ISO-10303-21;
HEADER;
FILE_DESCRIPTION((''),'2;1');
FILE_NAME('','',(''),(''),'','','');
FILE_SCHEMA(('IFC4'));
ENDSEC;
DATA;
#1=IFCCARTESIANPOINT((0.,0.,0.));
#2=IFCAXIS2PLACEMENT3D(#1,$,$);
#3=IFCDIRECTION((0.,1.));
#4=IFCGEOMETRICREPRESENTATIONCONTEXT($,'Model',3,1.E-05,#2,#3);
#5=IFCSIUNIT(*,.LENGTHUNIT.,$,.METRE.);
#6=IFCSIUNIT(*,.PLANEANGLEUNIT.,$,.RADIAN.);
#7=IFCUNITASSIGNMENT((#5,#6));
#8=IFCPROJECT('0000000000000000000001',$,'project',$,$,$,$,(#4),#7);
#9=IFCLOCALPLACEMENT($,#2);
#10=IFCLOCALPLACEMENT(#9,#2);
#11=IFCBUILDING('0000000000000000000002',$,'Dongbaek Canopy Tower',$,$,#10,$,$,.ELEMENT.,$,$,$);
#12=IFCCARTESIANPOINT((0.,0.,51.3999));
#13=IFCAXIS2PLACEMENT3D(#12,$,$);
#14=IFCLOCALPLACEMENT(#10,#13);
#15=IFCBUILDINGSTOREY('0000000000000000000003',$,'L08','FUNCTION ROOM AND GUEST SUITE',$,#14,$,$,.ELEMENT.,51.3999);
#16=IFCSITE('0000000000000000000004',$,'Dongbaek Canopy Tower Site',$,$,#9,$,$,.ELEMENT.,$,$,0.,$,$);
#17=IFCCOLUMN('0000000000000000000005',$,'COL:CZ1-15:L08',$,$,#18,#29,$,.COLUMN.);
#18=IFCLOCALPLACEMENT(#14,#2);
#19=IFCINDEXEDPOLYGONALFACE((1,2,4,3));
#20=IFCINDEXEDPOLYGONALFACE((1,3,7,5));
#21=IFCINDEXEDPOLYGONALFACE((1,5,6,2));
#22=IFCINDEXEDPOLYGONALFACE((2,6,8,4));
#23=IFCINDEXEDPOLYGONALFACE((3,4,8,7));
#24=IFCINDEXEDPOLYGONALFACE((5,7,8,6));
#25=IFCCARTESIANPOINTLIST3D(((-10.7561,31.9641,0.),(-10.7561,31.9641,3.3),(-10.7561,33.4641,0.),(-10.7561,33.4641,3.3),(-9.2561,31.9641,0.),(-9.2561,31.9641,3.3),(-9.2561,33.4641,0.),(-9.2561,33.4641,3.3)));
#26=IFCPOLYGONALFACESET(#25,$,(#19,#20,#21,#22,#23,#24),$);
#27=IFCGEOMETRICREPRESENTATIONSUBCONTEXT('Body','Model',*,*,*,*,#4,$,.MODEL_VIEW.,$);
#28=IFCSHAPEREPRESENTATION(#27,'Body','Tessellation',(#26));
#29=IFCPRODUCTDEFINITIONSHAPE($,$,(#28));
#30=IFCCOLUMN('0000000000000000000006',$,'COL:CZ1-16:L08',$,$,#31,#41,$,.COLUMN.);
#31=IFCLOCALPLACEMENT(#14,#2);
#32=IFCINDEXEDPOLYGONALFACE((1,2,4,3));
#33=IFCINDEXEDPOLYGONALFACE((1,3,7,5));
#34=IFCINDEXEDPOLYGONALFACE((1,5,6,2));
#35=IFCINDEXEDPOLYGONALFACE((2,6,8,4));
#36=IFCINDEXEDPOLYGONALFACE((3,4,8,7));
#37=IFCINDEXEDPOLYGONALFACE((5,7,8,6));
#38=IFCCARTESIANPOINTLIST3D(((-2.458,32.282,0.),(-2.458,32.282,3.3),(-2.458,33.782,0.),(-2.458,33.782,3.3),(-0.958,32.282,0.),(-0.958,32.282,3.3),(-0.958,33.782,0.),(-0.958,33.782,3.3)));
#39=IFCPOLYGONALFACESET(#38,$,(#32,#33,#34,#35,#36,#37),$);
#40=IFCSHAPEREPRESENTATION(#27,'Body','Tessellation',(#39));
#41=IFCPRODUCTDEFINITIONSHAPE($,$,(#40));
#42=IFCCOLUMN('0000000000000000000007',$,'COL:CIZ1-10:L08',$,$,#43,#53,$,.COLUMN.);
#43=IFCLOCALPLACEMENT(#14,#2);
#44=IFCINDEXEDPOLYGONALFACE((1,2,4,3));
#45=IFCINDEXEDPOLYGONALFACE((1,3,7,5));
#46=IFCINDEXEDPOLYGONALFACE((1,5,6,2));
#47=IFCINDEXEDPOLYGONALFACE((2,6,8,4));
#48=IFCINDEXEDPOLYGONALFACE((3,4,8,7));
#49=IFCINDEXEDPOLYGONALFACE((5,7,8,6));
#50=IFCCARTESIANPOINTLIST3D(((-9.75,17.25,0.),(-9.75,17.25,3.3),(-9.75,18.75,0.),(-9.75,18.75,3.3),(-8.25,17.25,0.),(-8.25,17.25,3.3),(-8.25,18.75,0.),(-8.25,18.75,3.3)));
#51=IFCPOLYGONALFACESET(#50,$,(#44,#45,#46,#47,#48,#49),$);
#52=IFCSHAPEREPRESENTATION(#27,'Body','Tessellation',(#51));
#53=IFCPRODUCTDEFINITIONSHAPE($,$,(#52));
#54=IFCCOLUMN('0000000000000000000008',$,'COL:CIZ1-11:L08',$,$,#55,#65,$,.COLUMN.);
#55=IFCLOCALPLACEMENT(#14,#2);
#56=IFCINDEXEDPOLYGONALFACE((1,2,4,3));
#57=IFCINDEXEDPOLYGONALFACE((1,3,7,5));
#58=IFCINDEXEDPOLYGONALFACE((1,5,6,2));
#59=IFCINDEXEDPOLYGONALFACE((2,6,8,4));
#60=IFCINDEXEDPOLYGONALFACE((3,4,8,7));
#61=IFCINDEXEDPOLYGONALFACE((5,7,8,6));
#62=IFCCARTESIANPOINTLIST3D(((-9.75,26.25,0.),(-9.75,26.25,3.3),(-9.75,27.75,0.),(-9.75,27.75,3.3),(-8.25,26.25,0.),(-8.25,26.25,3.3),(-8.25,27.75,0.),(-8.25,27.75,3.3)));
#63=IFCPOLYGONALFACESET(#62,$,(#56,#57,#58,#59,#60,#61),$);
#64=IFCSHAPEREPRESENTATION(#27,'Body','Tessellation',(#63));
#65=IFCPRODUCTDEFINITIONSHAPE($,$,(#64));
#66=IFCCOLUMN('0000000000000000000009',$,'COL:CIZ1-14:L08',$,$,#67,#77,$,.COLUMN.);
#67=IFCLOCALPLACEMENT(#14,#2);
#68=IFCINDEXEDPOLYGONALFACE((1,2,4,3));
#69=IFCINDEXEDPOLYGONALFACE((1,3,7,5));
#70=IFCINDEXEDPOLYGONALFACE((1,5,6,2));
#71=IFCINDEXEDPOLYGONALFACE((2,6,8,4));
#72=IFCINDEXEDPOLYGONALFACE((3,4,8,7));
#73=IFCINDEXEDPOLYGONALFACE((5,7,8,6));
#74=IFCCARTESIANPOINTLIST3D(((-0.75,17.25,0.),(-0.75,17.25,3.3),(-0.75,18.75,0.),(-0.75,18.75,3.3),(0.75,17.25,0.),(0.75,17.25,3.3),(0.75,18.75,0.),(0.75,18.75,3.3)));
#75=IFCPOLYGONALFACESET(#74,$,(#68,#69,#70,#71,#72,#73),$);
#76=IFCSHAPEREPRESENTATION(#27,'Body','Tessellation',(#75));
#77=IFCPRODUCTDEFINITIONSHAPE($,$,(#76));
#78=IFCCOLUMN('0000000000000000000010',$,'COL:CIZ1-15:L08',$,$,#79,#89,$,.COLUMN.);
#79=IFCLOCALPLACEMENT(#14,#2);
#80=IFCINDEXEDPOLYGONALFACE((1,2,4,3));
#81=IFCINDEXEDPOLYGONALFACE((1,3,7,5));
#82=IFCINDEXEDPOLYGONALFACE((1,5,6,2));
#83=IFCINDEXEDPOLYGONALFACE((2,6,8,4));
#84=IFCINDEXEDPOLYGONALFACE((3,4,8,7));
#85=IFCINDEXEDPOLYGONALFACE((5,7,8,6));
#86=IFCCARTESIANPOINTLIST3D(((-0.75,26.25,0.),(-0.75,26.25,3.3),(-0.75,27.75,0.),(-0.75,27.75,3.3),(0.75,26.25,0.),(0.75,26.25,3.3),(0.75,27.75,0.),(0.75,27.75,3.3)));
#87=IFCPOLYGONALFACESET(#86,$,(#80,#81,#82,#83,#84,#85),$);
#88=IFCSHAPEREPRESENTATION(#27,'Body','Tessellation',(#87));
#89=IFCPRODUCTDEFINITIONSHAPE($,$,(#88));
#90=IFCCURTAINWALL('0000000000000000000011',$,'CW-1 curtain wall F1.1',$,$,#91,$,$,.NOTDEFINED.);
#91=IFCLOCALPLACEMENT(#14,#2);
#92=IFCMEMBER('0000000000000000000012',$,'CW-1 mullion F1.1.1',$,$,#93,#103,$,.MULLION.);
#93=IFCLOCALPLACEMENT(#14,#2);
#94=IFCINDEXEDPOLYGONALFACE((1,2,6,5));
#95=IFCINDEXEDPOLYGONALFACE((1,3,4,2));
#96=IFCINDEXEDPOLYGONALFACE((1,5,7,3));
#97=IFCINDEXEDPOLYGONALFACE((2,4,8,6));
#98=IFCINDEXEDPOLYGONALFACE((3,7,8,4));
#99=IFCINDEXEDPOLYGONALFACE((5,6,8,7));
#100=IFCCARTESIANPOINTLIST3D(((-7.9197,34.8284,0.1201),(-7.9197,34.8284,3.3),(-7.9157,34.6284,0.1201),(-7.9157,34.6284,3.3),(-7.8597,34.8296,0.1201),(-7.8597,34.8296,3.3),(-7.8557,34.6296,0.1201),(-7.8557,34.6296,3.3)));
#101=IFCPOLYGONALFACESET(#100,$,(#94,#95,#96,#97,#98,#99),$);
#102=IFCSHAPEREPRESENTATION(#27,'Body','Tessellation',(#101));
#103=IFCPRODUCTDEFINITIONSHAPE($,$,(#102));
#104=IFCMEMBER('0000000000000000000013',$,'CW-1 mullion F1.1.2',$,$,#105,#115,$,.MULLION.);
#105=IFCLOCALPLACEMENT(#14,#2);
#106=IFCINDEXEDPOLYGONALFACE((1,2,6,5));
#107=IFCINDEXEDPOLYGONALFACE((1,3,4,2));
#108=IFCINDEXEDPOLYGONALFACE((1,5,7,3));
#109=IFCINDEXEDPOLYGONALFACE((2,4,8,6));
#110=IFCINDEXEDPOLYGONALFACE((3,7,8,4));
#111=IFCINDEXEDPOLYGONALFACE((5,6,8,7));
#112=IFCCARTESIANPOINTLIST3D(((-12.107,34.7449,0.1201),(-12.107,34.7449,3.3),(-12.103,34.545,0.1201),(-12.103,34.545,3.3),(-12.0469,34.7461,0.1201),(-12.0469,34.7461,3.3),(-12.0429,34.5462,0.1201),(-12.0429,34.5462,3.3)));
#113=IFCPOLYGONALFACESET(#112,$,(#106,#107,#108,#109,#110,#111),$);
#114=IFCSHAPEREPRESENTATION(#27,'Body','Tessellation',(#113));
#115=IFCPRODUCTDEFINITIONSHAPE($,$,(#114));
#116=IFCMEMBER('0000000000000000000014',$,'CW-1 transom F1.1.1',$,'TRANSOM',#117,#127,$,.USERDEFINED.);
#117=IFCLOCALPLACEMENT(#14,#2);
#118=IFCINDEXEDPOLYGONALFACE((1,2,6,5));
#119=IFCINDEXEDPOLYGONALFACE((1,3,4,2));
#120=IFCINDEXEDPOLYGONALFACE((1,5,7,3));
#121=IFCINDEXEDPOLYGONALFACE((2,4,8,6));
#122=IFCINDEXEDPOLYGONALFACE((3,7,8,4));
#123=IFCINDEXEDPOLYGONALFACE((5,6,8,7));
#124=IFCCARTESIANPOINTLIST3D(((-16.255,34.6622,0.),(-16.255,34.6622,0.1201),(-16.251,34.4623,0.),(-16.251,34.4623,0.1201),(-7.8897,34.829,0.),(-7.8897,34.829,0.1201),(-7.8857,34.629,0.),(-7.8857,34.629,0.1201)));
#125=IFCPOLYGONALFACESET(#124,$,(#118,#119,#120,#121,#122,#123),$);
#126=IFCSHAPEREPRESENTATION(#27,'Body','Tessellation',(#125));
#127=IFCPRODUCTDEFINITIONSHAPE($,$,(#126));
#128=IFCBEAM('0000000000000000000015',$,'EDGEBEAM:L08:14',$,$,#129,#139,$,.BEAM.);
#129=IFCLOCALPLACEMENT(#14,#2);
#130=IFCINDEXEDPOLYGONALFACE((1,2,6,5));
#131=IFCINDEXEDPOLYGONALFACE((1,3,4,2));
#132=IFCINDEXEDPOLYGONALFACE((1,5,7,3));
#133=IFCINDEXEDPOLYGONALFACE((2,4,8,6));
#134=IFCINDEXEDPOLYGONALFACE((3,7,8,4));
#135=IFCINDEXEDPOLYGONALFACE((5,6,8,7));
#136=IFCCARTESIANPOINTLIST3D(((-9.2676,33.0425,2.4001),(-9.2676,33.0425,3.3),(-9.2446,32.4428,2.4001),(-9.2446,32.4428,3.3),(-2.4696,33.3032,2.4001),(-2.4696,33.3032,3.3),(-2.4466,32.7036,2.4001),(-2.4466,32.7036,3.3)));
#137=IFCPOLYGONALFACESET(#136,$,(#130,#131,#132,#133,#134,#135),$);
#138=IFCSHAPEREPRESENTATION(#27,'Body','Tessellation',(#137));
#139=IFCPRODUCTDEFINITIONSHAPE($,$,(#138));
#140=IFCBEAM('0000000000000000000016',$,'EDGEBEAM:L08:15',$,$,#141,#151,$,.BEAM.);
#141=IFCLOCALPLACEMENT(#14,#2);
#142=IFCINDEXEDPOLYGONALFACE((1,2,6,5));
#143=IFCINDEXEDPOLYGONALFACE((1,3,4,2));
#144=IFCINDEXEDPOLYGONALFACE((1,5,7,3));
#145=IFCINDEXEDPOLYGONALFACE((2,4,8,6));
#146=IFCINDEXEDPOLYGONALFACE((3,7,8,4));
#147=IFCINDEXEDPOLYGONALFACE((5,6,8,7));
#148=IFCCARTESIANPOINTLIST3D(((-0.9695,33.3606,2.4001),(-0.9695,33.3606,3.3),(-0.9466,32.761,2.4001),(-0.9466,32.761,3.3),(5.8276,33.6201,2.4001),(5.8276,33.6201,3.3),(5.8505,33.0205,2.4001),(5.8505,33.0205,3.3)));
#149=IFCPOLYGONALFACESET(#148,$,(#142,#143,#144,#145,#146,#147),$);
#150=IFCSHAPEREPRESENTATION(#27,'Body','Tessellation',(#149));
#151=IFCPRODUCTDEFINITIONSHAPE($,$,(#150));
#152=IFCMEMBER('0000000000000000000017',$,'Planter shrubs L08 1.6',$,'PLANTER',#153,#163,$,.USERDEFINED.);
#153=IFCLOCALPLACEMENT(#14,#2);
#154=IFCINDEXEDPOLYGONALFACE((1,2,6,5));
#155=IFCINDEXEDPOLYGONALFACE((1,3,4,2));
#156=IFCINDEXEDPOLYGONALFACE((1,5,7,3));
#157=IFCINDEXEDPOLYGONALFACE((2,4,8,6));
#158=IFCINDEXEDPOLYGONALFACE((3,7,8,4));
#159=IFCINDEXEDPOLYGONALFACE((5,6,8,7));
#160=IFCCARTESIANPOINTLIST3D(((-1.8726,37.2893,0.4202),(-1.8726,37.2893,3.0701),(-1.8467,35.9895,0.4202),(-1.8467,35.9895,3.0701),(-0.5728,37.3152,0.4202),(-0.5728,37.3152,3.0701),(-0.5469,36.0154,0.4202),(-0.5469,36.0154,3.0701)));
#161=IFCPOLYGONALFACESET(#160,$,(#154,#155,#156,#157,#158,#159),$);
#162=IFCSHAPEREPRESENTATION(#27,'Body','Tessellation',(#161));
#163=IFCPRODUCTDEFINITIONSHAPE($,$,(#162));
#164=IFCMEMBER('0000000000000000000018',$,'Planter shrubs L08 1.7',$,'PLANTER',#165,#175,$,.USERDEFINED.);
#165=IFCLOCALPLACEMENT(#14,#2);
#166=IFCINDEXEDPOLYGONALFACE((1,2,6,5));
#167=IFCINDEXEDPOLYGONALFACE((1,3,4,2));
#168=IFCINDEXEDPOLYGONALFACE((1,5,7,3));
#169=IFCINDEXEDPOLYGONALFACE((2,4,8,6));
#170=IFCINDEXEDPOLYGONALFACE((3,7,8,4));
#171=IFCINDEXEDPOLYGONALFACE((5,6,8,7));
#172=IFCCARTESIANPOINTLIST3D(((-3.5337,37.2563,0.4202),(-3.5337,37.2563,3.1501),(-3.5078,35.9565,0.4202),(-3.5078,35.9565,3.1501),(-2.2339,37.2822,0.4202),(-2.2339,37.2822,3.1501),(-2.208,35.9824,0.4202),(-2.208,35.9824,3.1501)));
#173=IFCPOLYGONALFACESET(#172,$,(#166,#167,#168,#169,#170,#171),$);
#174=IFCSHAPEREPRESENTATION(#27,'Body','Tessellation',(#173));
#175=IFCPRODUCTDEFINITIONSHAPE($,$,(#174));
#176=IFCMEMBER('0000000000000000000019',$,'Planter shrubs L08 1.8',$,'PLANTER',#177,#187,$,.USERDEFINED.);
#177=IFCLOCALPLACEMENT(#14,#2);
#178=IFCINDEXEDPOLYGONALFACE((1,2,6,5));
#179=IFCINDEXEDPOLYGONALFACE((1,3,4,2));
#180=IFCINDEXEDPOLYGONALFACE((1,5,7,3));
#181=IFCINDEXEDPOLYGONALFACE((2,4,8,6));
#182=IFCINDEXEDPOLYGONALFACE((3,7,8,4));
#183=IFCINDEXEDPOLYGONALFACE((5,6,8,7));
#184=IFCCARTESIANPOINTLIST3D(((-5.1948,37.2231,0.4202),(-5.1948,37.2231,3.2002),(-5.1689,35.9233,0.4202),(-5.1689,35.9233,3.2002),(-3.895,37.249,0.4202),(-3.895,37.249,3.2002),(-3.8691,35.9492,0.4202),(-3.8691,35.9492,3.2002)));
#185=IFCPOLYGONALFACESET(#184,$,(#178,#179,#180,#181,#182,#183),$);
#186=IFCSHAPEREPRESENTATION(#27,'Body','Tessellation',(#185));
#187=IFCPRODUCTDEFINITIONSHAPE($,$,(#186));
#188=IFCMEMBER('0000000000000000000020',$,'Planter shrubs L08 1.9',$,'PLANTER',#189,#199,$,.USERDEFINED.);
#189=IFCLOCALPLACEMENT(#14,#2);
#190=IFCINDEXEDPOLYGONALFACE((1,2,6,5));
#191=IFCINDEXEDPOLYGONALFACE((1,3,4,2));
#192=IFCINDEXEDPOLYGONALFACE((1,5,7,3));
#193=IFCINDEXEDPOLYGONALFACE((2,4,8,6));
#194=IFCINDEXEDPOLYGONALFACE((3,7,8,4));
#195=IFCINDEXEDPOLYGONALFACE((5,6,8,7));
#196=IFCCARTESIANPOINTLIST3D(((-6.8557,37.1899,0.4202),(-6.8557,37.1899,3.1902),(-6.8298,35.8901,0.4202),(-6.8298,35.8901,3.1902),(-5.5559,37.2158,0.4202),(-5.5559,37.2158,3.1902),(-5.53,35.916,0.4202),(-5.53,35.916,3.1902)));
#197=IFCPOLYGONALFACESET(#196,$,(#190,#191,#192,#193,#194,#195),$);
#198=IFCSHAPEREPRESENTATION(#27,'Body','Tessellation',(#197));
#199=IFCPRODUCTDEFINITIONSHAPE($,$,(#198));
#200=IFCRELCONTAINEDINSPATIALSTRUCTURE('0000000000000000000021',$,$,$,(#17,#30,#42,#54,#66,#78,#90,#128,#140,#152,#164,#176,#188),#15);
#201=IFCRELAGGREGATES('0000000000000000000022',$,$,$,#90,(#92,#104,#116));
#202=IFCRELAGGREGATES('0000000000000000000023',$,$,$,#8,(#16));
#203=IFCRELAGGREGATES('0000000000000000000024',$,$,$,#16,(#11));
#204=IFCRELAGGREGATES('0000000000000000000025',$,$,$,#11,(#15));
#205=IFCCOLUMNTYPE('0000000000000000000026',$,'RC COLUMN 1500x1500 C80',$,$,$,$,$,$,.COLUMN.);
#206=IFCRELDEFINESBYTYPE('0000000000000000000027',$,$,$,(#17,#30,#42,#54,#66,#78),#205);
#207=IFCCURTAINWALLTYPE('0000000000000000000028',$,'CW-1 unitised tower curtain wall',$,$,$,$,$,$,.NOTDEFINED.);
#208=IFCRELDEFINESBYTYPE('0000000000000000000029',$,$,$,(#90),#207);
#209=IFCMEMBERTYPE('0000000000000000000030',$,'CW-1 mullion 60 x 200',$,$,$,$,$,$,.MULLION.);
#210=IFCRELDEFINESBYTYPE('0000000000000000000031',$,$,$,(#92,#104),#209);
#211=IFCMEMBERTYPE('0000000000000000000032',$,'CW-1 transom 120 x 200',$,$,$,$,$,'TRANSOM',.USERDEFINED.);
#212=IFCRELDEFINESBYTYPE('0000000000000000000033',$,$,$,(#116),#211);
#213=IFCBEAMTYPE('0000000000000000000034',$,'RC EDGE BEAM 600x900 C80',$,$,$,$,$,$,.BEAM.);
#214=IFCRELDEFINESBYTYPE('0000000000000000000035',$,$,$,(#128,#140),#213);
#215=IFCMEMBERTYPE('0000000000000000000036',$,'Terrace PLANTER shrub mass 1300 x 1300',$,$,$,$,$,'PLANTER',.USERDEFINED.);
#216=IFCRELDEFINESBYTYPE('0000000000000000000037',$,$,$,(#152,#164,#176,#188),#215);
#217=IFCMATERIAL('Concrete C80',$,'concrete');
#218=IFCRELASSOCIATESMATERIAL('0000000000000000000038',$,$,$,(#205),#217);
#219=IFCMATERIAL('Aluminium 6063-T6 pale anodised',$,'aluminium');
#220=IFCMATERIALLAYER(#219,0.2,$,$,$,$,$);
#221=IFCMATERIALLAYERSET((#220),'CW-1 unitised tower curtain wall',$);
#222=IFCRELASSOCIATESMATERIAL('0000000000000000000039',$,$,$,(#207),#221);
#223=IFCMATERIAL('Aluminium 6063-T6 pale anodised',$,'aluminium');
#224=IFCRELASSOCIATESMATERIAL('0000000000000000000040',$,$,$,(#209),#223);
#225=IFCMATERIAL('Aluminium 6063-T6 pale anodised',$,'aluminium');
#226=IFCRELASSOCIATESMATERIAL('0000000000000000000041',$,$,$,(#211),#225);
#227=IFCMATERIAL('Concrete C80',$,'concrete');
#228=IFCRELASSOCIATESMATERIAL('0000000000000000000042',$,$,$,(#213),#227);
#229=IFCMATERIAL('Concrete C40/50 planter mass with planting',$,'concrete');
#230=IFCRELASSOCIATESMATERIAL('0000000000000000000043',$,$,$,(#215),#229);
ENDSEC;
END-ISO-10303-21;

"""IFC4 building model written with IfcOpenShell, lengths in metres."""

from ifc_helpers import new_model, si_unit, direction, frame, origin, origin_2d, place, context, subcontext, project, spatial, rectangle, extrude, material, layer, layer_set, material_profile, profile_set, type_object, element, aggregate, save


model = new_model("IFC4")

# Units and contexts
model_context = context("Model", 3, precision=1e-05, world=origin(), true_north=direction((0.0, 1.0)))
body_context = subcontext(model_context, "Body", "Model", "MODEL_VIEW")
ifc_project = project(units=[si_unit("LENGTHUNIT", "METRE"), si_unit("PLANEANGLEUNIT", "RADIAN")], contexts=[model_context])

# Site, building, storey
site_placement = place(None, origin())
site = spatial("IfcSite", under=ifc_project, at=site_placement, Name="Dongbaek Canopy Tower Site", CompositionType="ELEMENT", RefElevation=0.0)
building_placement = place(site_placement, origin())
building = spatial("IfcBuilding", under=site, at=building_placement, Name="Dongbaek Canopy Tower", CompositionType="ELEMENT")
storey_placement = place(building_placement, frame((0.0, 0.0, 51.3999)))
storey = spatial("IfcBuildingStorey", under=building, at=storey_placement, Name="L08", Description="FUNCTION ROOM AND GUEST SUITE", CompositionType="ELEMENT", Elevation=51.3999)

# Columns
ifc_material_1 = material(Name="Concrete C80", Category="concrete")
ifc_material_profile_1 = material_profile(ifc_material_1, rectangle(XDim=1.5, YDim=1.5, at=origin_2d()), Name="RC COLUMN 1500x1500 C80")
ifc_profile_set_1 = profile_set([ifc_material_profile_1], Name="Concrete C80")
column_type = type_object("IfcColumnType", Name="RC COLUMN 1500x1500 C80", PredefinedType="COLUMN", material=ifc_profile_set_1)
for number, where, z_axis, x_axis, name in (
    (1, (-10.0061, 32.7141, 0.0), (0.0, 0.0, 1.0), (1.0, 0.0, 0.0), "COL:CZ1-15:L08"),
    (2, (-1.708, 33.032, 0.0), (0.0, 0.0, 1.0), (1.0, 0.0, 0.0), "COL:CZ1-16:L08"),
    (3, (-9.0, 18.0, 0.0), (0.0, 0.0, 1.0), (1.0, 0.0, 0.0), "COL:CIZ1-10:L08"),
    (4, (-9.0, 27.0, 0.0), (0.0, 0.0, 1.0), (1.0, 0.0, 0.0), "COL:CIZ1-11:L08"),
    (5, (0.0, 18.0, 0.0), (0.0, 0.0, 1.0), (1.0, 0.0, 0.0), "COL:CIZ1-14:L08"),
    (6, (0.0, 27.0, 0.0), (0.0, 0.0, 1.0), (1.0, 0.0, 0.0), "COL:CIZ1-15:L08"),
):
    element("IfcColumn", number, at=place(storey_placement, frame(where, z_axis=z_axis, x_axis=x_axis)), inside=storey, type_object=column_type, Name=name, PredefinedType="COLUMN", context=body_context, shape_type="SweptSolid", body=[
        extrude(rectangle(XDim=1.5, YDim=1.5, at=origin_2d()), origin(), (0.0, 0.0, 1.0), 3.3),
    ])

# Curtain wall, members
ifc_material_2 = material(Name="Aluminium 6063-T6 pale anodised", Category="aluminium")
ifc_layer_1 = layer(ifc_material_2, 0.2)
ifc_layer_set_1 = layer_set([ifc_layer_1], Name="CW-1 unitised tower curtain wall")
curtain_wall_type = type_object("IfcCurtainWallType", Name="CW-1 unitised tower curtain wall", PredefinedType="NOTDEFINED", material=ifc_layer_set_1)
curtain_wall_placement = place(storey_placement, origin())
curtain_wall = element("IfcCurtainWall", 7, at=curtain_wall_placement, inside=storey, type_object=curtain_wall_type, Name="CW-1 curtain wall F1.1", PredefinedType="NOTDEFINED")
ifc_material_3 = material(Name="Aluminium 6063-T6 pale anodised", Category="aluminium")
ifc_material_profile_2 = material_profile(ifc_material_3, rectangle(XDim=0.2, YDim=0.0601, at=origin_2d()), Name="CW-1 mullion 60 x 200")
ifc_profile_set_2 = profile_set([ifc_material_profile_2], Name="Aluminium 6063-T6 pale anodised")
member_type_1 = type_object("IfcMemberType", Name="CW-1 mullion 60 x 200", PredefinedType="MULLION", material=ifc_profile_set_2)
member_1_placement = place(storey_placement, frame((-7.8877, 34.729, 0.1201), z_axis=(0.0, 0.0, 1.0), x_axis=(-0.019926, 0.999801, 0.0)))
member_1 = element("IfcMember", 8, at=member_1_placement, type_object=member_type_1, Name="CW-1 mullion F1.1.1", PredefinedType="MULLION", context=body_context, shape_type="SweptSolid", body=[
    extrude(rectangle(XDim=0.2, YDim=0.0601, at=origin_2d()), origin(), (0.0, 0.0, 1.0), 3.1799),
])
member_2_placement = place(storey_placement, frame((-12.075, 34.6455, 0.1201), z_axis=(0.0, 0.0, 1.0), x_axis=(-0.019926, 0.999801, 0.0)))
member_2 = element("IfcMember", 9, at=member_2_placement, type_object=member_type_1, Name="CW-1 mullion F1.1.2", PredefinedType="MULLION", context=body_context, shape_type="SweptSolid", body=[
    extrude(rectangle(XDim=0.2, YDim=0.0601, at=origin_2d()), origin(), (0.0, 0.0, 1.0), 3.1799),
])
ifc_material_4 = material(Name="Aluminium 6063-T6 pale anodised", Category="aluminium")
ifc_material_profile_3 = material_profile(ifc_material_4, rectangle(XDim=0.2, YDim=0.1201, at=origin_2d()), Name="CW-1 transom 120 x 200")
ifc_profile_set_3 = profile_set([ifc_material_profile_3], Name="Aluminium 6063-T6 pale anodised")
member_type_2 = type_object("IfcMemberType", Name="CW-1 transom 120 x 200", ElementType="TRANSOM", PredefinedType="USERDEFINED", material=ifc_profile_set_3)
member_3_placement = place(storey_placement, frame((-7.8877, 34.729, 0.0601), z_axis=(-0.999801, -0.019929, 0.0), x_axis=(0.019929, -0.999801, 0.0)))
member_3 = element("IfcMember", 10, at=member_3_placement, type_object=member_type_2, Name="CW-1 transom F1.1.1", ObjectType="TRANSOM", PredefinedType="USERDEFINED", context=body_context, shape_type="SweptSolid", body=[
    extrude(rectangle(XDim=0.2, YDim=0.1201, at=origin_2d()), origin(), (0.0, 0.0, 1.0), 8.3669),
])

# Beams
ifc_material_5 = material(Name="Concrete C80", Category="concrete")
ifc_material_profile_4 = material_profile(ifc_material_5, rectangle(XDim=0.6001, YDim=0.8999, at=origin_2d()), Name="RC EDGE BEAM 600x900 C80")
ifc_profile_set_4 = profile_set([ifc_material_profile_4], Name="Concrete C80")
beam_type = type_object("IfcBeamType", Name="RC EDGE BEAM 600x900 C80", PredefinedType="BEAM", material=ifc_profile_set_4)
beam_1_placement = place(storey_placement, frame((-9.2561, 32.7427, 2.8501), z_axis=(0.999265, 0.038327, 0.0), x_axis=(-0.038327, 0.999265, 0.0)))
element("IfcBeam", 11, at=beam_1_placement, inside=storey, type_object=beam_type, Name="EDGEBEAM:L08:14", PredefinedType="BEAM", context=body_context, shape_type="SweptSolid", body=[
    extrude(rectangle(XDim=0.6001, YDim=0.8999, at=origin_2d()), origin(), (0.0, 0.0, 1.0), 6.803),
])
beam_2_placement = place(storey_placement, frame((-0.958, 33.0608, 2.8501), z_axis=(0.999272, 0.038153, 0.0), x_axis=(-0.038153, 0.999272, 0.0)))
element("IfcBeam", 12, at=beam_2_placement, inside=storey, type_object=beam_type, Name="EDGEBEAM:L08:15", PredefinedType="BEAM", context=body_context, shape_type="SweptSolid", body=[
    extrude(rectangle(XDim=0.6001, YDim=0.8999, at=origin_2d()), origin(), (0.0, 0.0, 1.0), 6.802),
])

# Members
ifc_material_6 = material(Name="Concrete C40/50 planter mass with planting", Category="concrete")
ifc_material_profile_5 = material_profile(ifc_material_6, rectangle(XDim=1.3, YDim=1.3, at=origin_2d()), Name="Terrace PLANTER shrub mass 1300 x 1300")
ifc_profile_set_5 = profile_set([ifc_material_profile_5], Name="Concrete C40/50 planter mass with planting")
member_type_3 = type_object("IfcMemberType", Name="Terrace PLANTER shrub mass 1300 x 1300", ElementType="PLANTER", PredefinedType="USERDEFINED", material=ifc_profile_set_5)
member_4_placement = place(storey_placement, frame((-1.2097, 36.6523, 0.4202), z_axis=(0.0, 0.0, 1.0), x_axis=(-0.019926, 0.999801, 0.0)))
element("IfcMember", 13, at=member_4_placement, inside=storey, type_object=member_type_3, Name="Planter shrubs L08 1.6", ObjectType="PLANTER", PredefinedType="USERDEFINED", context=body_context, shape_type="SweptSolid", body=[
    extrude(rectangle(XDim=1.3, YDim=1.3, at=origin_2d()), origin(), (0.0, 0.0, 1.0), 2.6499),
])
member_5_placement = place(storey_placement, frame((-2.8708, 36.6194, 0.4202), z_axis=(0.0, 0.0, 1.0), x_axis=(-0.019926, 0.999801, 0.0)))
element("IfcMember", 14, at=member_5_placement, inside=storey, type_object=member_type_3, Name="Planter shrubs L08 1.7", ObjectType="PLANTER", PredefinedType="USERDEFINED", context=body_context, shape_type="SweptSolid", body=[
    extrude(rectangle(XDim=1.3, YDim=1.3, at=origin_2d()), origin(), (0.0, 0.0, 1.0), 2.73),
])
member_6_placement = place(storey_placement, frame((-4.532, 36.5862, 0.4202), z_axis=(0.0, 0.0, 1.0), x_axis=(-0.019926, 0.999801, 0.0)))
element("IfcMember", 15, at=member_6_placement, inside=storey, type_object=member_type_3, Name="Planter shrubs L08 1.8", ObjectType="PLANTER", PredefinedType="USERDEFINED", context=body_context, shape_type="SweptSolid", body=[
    extrude(rectangle(XDim=1.3, YDim=1.3, at=origin_2d()), origin(), (0.0, 0.0, 1.0), 2.78),
])
member_7_placement = place(storey_placement, frame((-6.1929, 36.553, 0.4202), z_axis=(0.0, 0.0, 1.0), x_axis=(-0.019926, 0.999801, 0.0)))
element("IfcMember", 16, at=member_7_placement, inside=storey, type_object=member_type_3, Name="Planter shrubs L08 1.9", ObjectType="PLANTER", PredefinedType="USERDEFINED", context=body_context, shape_type="SweptSolid", body=[
    extrude(rectangle(XDim=1.3, YDim=1.3, at=origin_2d()), origin(), (0.0, 0.0, 1.0), 2.77),
])

aggregate(curtain_wall, [member_1, member_2, member_3])

save(model, "model.ifc")
